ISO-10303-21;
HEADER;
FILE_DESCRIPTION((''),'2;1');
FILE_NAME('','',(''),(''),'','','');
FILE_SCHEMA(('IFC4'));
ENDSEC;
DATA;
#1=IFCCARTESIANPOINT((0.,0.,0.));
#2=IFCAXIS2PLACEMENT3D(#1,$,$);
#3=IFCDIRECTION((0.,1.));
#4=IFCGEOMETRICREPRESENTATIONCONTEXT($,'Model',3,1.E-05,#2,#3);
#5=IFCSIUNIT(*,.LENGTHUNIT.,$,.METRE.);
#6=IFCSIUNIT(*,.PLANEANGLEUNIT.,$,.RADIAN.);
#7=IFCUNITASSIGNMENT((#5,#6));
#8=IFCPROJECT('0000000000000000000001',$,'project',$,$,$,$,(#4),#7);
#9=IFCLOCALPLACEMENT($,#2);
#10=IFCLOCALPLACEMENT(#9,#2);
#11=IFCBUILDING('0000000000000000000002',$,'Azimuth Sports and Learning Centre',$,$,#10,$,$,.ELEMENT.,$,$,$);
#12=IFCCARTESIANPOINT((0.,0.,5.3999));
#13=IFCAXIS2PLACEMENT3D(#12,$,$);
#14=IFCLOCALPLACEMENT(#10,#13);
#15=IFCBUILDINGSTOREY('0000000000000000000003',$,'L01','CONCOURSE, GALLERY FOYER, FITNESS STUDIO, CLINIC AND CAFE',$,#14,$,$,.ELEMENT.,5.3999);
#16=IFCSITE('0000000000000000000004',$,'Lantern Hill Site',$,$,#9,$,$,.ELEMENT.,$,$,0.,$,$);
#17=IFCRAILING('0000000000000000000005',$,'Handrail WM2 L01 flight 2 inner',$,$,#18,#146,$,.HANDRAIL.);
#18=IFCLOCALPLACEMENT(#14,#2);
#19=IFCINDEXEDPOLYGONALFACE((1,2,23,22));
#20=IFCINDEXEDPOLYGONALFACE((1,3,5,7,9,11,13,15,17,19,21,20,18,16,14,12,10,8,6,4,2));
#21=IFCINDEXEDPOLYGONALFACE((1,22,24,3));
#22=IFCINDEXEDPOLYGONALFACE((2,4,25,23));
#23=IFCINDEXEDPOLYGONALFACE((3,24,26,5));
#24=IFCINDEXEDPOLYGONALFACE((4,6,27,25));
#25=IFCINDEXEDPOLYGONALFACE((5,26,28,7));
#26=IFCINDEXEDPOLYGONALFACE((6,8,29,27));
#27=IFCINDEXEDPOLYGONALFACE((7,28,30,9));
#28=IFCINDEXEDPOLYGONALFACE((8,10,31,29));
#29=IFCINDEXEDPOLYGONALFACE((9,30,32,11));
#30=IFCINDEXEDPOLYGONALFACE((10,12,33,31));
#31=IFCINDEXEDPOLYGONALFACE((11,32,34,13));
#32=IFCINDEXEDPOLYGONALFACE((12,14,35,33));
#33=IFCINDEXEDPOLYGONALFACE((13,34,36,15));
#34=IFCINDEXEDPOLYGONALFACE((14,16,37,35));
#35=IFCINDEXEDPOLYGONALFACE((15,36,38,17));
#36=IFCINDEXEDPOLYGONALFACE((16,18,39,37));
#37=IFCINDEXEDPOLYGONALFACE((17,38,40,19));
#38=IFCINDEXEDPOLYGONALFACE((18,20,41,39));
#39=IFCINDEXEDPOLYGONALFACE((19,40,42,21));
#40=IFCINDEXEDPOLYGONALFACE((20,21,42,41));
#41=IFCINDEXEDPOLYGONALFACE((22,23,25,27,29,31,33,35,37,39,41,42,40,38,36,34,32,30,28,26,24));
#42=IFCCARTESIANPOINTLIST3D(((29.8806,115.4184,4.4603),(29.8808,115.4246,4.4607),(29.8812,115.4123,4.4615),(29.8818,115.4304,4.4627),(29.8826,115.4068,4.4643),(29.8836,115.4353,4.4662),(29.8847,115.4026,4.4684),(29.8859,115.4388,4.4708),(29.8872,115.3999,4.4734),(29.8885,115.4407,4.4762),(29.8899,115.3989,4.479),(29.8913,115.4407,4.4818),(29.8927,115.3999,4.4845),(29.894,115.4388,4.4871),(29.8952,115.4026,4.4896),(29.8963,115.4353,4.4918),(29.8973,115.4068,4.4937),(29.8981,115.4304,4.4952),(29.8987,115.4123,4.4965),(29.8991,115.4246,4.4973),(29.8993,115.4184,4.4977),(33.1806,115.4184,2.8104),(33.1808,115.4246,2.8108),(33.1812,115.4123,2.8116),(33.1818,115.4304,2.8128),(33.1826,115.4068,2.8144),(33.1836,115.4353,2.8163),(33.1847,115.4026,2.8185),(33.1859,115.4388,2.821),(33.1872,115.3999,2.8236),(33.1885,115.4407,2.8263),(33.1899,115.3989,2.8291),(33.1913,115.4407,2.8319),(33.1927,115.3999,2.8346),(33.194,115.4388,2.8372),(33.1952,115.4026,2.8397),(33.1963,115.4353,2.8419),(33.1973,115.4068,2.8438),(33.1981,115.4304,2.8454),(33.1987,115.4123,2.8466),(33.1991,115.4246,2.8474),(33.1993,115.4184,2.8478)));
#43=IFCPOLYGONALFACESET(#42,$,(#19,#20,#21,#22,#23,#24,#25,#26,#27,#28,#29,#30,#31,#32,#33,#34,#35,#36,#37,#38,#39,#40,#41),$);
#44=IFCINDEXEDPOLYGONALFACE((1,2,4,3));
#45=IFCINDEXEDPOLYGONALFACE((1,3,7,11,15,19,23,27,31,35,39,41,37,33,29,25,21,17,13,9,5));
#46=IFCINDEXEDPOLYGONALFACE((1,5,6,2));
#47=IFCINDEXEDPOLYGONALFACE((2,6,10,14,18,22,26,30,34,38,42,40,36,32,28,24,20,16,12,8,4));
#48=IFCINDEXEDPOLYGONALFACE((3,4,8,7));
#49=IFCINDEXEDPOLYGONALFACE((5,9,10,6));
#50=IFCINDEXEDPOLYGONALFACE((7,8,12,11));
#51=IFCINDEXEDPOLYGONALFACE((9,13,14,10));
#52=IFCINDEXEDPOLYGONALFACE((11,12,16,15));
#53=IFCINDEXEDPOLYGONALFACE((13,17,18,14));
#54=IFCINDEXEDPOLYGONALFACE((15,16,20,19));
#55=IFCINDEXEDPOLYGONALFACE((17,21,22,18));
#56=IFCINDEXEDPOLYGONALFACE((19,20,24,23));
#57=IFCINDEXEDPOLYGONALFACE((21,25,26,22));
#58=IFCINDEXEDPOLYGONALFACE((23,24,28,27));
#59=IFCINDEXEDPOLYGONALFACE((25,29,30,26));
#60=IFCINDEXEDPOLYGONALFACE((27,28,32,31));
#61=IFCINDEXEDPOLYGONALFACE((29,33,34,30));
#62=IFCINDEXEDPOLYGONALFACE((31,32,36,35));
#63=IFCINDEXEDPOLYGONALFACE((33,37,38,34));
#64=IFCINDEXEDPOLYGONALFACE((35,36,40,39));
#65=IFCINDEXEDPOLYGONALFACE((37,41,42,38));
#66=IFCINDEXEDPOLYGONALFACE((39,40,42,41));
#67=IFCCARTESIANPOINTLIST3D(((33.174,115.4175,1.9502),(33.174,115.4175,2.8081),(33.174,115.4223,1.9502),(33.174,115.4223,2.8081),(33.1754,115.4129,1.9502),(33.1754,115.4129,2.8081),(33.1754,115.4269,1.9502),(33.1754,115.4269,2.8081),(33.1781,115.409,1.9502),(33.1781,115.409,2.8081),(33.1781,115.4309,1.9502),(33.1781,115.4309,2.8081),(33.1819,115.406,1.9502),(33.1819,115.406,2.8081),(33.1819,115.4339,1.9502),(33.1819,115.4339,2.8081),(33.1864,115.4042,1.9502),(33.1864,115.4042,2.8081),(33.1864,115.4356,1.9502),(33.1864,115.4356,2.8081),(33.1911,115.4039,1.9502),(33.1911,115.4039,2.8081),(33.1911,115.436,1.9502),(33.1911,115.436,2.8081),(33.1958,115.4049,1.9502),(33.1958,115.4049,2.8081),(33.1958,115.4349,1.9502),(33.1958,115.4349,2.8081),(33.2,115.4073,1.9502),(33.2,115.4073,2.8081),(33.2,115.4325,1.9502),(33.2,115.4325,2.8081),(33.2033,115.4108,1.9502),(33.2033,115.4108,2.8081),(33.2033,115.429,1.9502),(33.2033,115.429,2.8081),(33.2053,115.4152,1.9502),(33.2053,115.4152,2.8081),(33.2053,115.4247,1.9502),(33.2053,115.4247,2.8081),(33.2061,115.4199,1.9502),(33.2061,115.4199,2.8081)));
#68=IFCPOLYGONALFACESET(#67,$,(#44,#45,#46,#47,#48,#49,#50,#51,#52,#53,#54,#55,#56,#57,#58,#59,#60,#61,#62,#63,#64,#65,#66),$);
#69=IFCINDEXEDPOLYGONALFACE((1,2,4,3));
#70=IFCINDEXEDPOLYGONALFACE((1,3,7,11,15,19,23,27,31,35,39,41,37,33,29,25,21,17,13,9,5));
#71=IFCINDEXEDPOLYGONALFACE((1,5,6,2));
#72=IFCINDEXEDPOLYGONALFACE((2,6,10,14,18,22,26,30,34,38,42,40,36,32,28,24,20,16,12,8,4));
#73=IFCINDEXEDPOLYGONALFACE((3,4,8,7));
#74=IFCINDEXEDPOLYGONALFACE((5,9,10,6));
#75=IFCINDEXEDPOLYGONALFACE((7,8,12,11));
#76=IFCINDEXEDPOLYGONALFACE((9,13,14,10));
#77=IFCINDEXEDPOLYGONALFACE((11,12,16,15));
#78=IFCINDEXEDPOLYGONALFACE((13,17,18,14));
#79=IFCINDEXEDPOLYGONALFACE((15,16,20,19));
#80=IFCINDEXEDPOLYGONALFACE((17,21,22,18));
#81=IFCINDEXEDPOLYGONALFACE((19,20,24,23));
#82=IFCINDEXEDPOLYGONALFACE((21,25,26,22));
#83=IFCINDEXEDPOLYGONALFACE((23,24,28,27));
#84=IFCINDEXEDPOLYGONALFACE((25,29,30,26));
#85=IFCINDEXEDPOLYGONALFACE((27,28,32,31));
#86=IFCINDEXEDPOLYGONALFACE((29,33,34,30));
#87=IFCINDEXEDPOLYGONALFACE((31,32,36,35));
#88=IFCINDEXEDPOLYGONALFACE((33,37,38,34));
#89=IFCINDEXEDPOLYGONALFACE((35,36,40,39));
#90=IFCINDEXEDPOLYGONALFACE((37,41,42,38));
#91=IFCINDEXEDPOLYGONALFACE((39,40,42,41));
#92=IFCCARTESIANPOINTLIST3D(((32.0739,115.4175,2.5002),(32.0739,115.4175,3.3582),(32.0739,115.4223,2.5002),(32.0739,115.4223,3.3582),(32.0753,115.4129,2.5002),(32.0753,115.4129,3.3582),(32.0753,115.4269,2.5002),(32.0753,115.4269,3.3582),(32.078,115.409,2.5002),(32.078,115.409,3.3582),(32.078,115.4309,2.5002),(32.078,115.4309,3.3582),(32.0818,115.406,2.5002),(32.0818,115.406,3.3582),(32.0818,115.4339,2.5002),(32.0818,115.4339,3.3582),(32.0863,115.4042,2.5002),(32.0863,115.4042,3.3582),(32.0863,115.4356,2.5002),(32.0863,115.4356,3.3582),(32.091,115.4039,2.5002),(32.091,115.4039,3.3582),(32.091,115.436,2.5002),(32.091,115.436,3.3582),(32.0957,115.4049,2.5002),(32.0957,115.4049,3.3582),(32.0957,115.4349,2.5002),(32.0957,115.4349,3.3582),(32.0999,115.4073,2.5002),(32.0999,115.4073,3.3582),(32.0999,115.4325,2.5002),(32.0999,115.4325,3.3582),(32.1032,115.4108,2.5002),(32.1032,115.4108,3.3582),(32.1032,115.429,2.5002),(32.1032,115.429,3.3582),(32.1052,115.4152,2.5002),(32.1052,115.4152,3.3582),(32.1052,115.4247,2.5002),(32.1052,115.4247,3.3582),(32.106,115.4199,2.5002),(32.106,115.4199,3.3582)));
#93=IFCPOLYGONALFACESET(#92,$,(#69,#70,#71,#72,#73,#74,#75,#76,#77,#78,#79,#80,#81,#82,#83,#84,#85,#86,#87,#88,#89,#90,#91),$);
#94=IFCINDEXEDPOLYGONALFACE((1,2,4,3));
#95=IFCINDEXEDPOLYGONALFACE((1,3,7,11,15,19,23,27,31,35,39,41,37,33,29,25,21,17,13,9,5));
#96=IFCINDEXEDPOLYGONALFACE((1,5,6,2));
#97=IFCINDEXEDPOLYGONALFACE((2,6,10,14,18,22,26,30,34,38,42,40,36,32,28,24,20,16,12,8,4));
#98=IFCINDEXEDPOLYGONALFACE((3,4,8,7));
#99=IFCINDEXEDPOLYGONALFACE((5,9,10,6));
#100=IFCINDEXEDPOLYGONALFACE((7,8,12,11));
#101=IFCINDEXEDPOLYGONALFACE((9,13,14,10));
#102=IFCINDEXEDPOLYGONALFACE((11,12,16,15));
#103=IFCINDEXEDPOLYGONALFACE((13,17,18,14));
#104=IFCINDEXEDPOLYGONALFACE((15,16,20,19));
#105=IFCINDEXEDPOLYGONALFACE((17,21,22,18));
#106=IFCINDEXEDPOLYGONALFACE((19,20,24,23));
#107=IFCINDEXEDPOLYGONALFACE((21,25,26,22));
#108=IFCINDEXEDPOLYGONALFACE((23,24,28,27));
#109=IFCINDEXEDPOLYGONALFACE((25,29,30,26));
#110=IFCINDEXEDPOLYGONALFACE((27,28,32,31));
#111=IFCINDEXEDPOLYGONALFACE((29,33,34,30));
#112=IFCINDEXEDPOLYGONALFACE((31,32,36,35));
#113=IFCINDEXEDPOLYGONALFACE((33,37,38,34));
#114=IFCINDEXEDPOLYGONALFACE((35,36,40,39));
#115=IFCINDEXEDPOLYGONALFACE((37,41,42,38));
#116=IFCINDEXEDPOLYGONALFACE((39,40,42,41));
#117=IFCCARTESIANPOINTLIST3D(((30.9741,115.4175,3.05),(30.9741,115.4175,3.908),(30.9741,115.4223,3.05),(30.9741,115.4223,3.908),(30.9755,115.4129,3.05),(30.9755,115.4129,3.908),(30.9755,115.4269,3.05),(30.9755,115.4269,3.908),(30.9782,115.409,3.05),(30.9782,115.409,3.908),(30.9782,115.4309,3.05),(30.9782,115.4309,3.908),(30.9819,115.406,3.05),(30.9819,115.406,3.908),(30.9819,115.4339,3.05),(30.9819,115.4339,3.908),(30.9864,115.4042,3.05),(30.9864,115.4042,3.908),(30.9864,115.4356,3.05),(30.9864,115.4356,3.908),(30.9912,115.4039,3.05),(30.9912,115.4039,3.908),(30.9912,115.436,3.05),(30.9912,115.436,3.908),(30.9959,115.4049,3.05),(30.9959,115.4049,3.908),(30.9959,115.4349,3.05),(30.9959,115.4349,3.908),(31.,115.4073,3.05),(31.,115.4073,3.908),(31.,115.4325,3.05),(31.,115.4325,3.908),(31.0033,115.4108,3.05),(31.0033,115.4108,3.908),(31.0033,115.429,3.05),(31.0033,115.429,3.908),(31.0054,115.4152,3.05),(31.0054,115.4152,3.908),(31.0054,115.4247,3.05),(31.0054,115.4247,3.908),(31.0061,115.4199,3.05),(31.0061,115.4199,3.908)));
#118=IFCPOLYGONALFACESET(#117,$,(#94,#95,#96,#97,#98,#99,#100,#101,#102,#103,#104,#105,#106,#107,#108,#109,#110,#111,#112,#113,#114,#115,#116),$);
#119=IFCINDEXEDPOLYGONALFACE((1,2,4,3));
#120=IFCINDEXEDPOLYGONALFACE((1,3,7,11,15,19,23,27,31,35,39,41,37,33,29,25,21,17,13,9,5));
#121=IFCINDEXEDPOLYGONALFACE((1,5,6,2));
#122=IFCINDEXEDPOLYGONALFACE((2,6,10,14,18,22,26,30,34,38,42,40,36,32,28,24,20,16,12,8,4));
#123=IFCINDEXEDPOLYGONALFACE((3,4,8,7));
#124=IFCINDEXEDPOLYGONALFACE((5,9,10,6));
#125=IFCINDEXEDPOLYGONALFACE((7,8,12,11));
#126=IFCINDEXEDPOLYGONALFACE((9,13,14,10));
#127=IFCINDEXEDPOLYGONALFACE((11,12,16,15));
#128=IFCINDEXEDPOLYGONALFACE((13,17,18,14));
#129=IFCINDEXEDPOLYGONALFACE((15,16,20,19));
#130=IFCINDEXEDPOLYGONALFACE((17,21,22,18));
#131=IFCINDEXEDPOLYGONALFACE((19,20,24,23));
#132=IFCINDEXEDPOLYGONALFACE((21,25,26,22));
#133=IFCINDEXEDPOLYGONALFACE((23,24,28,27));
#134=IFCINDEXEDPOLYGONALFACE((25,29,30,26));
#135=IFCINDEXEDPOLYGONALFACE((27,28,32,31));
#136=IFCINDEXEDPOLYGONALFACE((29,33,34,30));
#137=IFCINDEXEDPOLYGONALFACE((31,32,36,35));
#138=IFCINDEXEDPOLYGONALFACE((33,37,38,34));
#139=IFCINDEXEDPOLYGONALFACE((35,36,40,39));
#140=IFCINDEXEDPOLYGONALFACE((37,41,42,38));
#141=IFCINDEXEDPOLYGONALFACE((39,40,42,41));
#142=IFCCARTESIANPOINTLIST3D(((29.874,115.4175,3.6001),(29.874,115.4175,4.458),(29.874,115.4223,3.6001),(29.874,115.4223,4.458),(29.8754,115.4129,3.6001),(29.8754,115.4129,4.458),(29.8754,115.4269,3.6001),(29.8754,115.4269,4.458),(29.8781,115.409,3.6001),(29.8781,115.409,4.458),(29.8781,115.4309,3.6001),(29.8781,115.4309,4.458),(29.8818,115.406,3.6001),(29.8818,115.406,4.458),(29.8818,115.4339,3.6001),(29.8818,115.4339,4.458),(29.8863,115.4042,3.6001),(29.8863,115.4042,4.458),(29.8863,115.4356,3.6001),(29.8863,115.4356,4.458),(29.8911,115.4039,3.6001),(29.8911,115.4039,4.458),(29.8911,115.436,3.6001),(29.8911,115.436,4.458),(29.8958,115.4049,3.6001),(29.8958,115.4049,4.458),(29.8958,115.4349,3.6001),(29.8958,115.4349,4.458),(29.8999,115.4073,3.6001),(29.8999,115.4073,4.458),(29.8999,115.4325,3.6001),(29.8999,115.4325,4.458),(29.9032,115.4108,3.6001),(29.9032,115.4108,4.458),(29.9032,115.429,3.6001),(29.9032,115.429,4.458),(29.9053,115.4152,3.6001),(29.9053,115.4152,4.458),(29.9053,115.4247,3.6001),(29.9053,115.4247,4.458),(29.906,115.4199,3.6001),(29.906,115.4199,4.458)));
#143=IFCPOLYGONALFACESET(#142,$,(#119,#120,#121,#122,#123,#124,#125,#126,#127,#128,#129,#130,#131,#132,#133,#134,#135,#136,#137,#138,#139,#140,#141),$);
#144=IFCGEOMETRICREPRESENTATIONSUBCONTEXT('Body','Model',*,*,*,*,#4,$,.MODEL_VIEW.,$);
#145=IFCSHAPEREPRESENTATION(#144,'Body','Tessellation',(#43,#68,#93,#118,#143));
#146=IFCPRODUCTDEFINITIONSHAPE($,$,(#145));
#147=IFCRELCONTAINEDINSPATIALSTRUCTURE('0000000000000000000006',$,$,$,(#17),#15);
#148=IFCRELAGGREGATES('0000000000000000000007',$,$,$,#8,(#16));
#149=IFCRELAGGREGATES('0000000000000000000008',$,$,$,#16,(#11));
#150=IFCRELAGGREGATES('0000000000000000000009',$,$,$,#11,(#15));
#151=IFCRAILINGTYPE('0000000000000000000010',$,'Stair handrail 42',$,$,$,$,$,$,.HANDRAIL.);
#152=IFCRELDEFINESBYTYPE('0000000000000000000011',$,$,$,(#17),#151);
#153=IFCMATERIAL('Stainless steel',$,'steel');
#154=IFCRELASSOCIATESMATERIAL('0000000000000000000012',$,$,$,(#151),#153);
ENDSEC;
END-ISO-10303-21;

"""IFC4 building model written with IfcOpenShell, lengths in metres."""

from ifc_helpers import new_model, si_unit, direction, frame, origin, origin_2d, place, context, subcontext, project, spatial, circle, extrude, material, type_object, element, save


model = new_model("IFC4")

# Units and contexts
model_context = context("Model", 3, precision=1e-05, world=origin(), true_north=direction((0.0, 1.0)))
body_context = subcontext(model_context, "Body", "Model", "MODEL_VIEW")
ifc_project = project(units=[si_unit("LENGTHUNIT", "METRE"), si_unit("PLANEANGLEUNIT", "RADIAN")], contexts=[model_context])

# Site, building, storey
site_placement = place(None, origin())
site = spatial("IfcSite", under=ifc_project, at=site_placement, Name="Lantern Hill Site", CompositionType="ELEMENT", RefElevation=0.0)
building_placement = place(site_placement, origin())
building = spatial("IfcBuilding", under=site, at=building_placement, Name="Azimuth Sports and Learning Centre", CompositionType="ELEMENT")
storey_placement = place(building_placement, frame((0.0, 0.0, 5.3999)))
storey = spatial("IfcBuildingStorey", under=building, at=storey_placement, Name="L01", Description="CONCOURSE, GALLERY FOYER, FITNESS STUDIO, CLINIC AND CAFE", CompositionType="ELEMENT", Elevation=5.3999)

# Railing
ifc_material_1 = material(Name="Stainless steel", Category="steel")
railing_type_1 = type_object("IfcRailingType", Name="Stair handrail 42", PredefinedType="HANDRAIL", material=ifc_material_1)
for number, where, name in (
    (1, (33.1899, 115.4199, 1.9502), "Handrail WM2 L01 flight 2 inner"),
):
    element("IfcRailing", number, at=place(storey_placement, frame(where)), inside=storey, type_object=railing_type_1, Name=name, PredefinedType="HANDRAIL", context=body_context, shape_type="SweptSolid", body=[
        extrude(circle(Radius=0.021, at=origin_2d()), frame((0.0, 0.0, 0.8789), z_axis=(-0.89444, 0.0, 0.447187), x_axis=(0.0, -1.0, 0.0)), (0.0, 0.0, 1.0), 3.6895),
        extrude(circle(Radius=0.0161, at=origin_2d()), origin(), (0.0, 0.0, 1.0), 0.8579),
        extrude(circle(Radius=0.0161, at=origin_2d()), frame((-1.1001, 0.0, 0.55)), (0.0, 0.0, 1.0), 0.8579),
        extrude(circle(Radius=0.0161, at=origin_2d()), frame((-2.2, 0.0, 1.0999)), (0.0, 0.0, 1.0), 0.8579),
        extrude(circle(Radius=0.0161, at=origin_2d()), frame((-3.3, 0.0, 1.6499)), (0.0, 0.0, 1.0), 0.8579),
    ])

save(model, "model.ifc")
